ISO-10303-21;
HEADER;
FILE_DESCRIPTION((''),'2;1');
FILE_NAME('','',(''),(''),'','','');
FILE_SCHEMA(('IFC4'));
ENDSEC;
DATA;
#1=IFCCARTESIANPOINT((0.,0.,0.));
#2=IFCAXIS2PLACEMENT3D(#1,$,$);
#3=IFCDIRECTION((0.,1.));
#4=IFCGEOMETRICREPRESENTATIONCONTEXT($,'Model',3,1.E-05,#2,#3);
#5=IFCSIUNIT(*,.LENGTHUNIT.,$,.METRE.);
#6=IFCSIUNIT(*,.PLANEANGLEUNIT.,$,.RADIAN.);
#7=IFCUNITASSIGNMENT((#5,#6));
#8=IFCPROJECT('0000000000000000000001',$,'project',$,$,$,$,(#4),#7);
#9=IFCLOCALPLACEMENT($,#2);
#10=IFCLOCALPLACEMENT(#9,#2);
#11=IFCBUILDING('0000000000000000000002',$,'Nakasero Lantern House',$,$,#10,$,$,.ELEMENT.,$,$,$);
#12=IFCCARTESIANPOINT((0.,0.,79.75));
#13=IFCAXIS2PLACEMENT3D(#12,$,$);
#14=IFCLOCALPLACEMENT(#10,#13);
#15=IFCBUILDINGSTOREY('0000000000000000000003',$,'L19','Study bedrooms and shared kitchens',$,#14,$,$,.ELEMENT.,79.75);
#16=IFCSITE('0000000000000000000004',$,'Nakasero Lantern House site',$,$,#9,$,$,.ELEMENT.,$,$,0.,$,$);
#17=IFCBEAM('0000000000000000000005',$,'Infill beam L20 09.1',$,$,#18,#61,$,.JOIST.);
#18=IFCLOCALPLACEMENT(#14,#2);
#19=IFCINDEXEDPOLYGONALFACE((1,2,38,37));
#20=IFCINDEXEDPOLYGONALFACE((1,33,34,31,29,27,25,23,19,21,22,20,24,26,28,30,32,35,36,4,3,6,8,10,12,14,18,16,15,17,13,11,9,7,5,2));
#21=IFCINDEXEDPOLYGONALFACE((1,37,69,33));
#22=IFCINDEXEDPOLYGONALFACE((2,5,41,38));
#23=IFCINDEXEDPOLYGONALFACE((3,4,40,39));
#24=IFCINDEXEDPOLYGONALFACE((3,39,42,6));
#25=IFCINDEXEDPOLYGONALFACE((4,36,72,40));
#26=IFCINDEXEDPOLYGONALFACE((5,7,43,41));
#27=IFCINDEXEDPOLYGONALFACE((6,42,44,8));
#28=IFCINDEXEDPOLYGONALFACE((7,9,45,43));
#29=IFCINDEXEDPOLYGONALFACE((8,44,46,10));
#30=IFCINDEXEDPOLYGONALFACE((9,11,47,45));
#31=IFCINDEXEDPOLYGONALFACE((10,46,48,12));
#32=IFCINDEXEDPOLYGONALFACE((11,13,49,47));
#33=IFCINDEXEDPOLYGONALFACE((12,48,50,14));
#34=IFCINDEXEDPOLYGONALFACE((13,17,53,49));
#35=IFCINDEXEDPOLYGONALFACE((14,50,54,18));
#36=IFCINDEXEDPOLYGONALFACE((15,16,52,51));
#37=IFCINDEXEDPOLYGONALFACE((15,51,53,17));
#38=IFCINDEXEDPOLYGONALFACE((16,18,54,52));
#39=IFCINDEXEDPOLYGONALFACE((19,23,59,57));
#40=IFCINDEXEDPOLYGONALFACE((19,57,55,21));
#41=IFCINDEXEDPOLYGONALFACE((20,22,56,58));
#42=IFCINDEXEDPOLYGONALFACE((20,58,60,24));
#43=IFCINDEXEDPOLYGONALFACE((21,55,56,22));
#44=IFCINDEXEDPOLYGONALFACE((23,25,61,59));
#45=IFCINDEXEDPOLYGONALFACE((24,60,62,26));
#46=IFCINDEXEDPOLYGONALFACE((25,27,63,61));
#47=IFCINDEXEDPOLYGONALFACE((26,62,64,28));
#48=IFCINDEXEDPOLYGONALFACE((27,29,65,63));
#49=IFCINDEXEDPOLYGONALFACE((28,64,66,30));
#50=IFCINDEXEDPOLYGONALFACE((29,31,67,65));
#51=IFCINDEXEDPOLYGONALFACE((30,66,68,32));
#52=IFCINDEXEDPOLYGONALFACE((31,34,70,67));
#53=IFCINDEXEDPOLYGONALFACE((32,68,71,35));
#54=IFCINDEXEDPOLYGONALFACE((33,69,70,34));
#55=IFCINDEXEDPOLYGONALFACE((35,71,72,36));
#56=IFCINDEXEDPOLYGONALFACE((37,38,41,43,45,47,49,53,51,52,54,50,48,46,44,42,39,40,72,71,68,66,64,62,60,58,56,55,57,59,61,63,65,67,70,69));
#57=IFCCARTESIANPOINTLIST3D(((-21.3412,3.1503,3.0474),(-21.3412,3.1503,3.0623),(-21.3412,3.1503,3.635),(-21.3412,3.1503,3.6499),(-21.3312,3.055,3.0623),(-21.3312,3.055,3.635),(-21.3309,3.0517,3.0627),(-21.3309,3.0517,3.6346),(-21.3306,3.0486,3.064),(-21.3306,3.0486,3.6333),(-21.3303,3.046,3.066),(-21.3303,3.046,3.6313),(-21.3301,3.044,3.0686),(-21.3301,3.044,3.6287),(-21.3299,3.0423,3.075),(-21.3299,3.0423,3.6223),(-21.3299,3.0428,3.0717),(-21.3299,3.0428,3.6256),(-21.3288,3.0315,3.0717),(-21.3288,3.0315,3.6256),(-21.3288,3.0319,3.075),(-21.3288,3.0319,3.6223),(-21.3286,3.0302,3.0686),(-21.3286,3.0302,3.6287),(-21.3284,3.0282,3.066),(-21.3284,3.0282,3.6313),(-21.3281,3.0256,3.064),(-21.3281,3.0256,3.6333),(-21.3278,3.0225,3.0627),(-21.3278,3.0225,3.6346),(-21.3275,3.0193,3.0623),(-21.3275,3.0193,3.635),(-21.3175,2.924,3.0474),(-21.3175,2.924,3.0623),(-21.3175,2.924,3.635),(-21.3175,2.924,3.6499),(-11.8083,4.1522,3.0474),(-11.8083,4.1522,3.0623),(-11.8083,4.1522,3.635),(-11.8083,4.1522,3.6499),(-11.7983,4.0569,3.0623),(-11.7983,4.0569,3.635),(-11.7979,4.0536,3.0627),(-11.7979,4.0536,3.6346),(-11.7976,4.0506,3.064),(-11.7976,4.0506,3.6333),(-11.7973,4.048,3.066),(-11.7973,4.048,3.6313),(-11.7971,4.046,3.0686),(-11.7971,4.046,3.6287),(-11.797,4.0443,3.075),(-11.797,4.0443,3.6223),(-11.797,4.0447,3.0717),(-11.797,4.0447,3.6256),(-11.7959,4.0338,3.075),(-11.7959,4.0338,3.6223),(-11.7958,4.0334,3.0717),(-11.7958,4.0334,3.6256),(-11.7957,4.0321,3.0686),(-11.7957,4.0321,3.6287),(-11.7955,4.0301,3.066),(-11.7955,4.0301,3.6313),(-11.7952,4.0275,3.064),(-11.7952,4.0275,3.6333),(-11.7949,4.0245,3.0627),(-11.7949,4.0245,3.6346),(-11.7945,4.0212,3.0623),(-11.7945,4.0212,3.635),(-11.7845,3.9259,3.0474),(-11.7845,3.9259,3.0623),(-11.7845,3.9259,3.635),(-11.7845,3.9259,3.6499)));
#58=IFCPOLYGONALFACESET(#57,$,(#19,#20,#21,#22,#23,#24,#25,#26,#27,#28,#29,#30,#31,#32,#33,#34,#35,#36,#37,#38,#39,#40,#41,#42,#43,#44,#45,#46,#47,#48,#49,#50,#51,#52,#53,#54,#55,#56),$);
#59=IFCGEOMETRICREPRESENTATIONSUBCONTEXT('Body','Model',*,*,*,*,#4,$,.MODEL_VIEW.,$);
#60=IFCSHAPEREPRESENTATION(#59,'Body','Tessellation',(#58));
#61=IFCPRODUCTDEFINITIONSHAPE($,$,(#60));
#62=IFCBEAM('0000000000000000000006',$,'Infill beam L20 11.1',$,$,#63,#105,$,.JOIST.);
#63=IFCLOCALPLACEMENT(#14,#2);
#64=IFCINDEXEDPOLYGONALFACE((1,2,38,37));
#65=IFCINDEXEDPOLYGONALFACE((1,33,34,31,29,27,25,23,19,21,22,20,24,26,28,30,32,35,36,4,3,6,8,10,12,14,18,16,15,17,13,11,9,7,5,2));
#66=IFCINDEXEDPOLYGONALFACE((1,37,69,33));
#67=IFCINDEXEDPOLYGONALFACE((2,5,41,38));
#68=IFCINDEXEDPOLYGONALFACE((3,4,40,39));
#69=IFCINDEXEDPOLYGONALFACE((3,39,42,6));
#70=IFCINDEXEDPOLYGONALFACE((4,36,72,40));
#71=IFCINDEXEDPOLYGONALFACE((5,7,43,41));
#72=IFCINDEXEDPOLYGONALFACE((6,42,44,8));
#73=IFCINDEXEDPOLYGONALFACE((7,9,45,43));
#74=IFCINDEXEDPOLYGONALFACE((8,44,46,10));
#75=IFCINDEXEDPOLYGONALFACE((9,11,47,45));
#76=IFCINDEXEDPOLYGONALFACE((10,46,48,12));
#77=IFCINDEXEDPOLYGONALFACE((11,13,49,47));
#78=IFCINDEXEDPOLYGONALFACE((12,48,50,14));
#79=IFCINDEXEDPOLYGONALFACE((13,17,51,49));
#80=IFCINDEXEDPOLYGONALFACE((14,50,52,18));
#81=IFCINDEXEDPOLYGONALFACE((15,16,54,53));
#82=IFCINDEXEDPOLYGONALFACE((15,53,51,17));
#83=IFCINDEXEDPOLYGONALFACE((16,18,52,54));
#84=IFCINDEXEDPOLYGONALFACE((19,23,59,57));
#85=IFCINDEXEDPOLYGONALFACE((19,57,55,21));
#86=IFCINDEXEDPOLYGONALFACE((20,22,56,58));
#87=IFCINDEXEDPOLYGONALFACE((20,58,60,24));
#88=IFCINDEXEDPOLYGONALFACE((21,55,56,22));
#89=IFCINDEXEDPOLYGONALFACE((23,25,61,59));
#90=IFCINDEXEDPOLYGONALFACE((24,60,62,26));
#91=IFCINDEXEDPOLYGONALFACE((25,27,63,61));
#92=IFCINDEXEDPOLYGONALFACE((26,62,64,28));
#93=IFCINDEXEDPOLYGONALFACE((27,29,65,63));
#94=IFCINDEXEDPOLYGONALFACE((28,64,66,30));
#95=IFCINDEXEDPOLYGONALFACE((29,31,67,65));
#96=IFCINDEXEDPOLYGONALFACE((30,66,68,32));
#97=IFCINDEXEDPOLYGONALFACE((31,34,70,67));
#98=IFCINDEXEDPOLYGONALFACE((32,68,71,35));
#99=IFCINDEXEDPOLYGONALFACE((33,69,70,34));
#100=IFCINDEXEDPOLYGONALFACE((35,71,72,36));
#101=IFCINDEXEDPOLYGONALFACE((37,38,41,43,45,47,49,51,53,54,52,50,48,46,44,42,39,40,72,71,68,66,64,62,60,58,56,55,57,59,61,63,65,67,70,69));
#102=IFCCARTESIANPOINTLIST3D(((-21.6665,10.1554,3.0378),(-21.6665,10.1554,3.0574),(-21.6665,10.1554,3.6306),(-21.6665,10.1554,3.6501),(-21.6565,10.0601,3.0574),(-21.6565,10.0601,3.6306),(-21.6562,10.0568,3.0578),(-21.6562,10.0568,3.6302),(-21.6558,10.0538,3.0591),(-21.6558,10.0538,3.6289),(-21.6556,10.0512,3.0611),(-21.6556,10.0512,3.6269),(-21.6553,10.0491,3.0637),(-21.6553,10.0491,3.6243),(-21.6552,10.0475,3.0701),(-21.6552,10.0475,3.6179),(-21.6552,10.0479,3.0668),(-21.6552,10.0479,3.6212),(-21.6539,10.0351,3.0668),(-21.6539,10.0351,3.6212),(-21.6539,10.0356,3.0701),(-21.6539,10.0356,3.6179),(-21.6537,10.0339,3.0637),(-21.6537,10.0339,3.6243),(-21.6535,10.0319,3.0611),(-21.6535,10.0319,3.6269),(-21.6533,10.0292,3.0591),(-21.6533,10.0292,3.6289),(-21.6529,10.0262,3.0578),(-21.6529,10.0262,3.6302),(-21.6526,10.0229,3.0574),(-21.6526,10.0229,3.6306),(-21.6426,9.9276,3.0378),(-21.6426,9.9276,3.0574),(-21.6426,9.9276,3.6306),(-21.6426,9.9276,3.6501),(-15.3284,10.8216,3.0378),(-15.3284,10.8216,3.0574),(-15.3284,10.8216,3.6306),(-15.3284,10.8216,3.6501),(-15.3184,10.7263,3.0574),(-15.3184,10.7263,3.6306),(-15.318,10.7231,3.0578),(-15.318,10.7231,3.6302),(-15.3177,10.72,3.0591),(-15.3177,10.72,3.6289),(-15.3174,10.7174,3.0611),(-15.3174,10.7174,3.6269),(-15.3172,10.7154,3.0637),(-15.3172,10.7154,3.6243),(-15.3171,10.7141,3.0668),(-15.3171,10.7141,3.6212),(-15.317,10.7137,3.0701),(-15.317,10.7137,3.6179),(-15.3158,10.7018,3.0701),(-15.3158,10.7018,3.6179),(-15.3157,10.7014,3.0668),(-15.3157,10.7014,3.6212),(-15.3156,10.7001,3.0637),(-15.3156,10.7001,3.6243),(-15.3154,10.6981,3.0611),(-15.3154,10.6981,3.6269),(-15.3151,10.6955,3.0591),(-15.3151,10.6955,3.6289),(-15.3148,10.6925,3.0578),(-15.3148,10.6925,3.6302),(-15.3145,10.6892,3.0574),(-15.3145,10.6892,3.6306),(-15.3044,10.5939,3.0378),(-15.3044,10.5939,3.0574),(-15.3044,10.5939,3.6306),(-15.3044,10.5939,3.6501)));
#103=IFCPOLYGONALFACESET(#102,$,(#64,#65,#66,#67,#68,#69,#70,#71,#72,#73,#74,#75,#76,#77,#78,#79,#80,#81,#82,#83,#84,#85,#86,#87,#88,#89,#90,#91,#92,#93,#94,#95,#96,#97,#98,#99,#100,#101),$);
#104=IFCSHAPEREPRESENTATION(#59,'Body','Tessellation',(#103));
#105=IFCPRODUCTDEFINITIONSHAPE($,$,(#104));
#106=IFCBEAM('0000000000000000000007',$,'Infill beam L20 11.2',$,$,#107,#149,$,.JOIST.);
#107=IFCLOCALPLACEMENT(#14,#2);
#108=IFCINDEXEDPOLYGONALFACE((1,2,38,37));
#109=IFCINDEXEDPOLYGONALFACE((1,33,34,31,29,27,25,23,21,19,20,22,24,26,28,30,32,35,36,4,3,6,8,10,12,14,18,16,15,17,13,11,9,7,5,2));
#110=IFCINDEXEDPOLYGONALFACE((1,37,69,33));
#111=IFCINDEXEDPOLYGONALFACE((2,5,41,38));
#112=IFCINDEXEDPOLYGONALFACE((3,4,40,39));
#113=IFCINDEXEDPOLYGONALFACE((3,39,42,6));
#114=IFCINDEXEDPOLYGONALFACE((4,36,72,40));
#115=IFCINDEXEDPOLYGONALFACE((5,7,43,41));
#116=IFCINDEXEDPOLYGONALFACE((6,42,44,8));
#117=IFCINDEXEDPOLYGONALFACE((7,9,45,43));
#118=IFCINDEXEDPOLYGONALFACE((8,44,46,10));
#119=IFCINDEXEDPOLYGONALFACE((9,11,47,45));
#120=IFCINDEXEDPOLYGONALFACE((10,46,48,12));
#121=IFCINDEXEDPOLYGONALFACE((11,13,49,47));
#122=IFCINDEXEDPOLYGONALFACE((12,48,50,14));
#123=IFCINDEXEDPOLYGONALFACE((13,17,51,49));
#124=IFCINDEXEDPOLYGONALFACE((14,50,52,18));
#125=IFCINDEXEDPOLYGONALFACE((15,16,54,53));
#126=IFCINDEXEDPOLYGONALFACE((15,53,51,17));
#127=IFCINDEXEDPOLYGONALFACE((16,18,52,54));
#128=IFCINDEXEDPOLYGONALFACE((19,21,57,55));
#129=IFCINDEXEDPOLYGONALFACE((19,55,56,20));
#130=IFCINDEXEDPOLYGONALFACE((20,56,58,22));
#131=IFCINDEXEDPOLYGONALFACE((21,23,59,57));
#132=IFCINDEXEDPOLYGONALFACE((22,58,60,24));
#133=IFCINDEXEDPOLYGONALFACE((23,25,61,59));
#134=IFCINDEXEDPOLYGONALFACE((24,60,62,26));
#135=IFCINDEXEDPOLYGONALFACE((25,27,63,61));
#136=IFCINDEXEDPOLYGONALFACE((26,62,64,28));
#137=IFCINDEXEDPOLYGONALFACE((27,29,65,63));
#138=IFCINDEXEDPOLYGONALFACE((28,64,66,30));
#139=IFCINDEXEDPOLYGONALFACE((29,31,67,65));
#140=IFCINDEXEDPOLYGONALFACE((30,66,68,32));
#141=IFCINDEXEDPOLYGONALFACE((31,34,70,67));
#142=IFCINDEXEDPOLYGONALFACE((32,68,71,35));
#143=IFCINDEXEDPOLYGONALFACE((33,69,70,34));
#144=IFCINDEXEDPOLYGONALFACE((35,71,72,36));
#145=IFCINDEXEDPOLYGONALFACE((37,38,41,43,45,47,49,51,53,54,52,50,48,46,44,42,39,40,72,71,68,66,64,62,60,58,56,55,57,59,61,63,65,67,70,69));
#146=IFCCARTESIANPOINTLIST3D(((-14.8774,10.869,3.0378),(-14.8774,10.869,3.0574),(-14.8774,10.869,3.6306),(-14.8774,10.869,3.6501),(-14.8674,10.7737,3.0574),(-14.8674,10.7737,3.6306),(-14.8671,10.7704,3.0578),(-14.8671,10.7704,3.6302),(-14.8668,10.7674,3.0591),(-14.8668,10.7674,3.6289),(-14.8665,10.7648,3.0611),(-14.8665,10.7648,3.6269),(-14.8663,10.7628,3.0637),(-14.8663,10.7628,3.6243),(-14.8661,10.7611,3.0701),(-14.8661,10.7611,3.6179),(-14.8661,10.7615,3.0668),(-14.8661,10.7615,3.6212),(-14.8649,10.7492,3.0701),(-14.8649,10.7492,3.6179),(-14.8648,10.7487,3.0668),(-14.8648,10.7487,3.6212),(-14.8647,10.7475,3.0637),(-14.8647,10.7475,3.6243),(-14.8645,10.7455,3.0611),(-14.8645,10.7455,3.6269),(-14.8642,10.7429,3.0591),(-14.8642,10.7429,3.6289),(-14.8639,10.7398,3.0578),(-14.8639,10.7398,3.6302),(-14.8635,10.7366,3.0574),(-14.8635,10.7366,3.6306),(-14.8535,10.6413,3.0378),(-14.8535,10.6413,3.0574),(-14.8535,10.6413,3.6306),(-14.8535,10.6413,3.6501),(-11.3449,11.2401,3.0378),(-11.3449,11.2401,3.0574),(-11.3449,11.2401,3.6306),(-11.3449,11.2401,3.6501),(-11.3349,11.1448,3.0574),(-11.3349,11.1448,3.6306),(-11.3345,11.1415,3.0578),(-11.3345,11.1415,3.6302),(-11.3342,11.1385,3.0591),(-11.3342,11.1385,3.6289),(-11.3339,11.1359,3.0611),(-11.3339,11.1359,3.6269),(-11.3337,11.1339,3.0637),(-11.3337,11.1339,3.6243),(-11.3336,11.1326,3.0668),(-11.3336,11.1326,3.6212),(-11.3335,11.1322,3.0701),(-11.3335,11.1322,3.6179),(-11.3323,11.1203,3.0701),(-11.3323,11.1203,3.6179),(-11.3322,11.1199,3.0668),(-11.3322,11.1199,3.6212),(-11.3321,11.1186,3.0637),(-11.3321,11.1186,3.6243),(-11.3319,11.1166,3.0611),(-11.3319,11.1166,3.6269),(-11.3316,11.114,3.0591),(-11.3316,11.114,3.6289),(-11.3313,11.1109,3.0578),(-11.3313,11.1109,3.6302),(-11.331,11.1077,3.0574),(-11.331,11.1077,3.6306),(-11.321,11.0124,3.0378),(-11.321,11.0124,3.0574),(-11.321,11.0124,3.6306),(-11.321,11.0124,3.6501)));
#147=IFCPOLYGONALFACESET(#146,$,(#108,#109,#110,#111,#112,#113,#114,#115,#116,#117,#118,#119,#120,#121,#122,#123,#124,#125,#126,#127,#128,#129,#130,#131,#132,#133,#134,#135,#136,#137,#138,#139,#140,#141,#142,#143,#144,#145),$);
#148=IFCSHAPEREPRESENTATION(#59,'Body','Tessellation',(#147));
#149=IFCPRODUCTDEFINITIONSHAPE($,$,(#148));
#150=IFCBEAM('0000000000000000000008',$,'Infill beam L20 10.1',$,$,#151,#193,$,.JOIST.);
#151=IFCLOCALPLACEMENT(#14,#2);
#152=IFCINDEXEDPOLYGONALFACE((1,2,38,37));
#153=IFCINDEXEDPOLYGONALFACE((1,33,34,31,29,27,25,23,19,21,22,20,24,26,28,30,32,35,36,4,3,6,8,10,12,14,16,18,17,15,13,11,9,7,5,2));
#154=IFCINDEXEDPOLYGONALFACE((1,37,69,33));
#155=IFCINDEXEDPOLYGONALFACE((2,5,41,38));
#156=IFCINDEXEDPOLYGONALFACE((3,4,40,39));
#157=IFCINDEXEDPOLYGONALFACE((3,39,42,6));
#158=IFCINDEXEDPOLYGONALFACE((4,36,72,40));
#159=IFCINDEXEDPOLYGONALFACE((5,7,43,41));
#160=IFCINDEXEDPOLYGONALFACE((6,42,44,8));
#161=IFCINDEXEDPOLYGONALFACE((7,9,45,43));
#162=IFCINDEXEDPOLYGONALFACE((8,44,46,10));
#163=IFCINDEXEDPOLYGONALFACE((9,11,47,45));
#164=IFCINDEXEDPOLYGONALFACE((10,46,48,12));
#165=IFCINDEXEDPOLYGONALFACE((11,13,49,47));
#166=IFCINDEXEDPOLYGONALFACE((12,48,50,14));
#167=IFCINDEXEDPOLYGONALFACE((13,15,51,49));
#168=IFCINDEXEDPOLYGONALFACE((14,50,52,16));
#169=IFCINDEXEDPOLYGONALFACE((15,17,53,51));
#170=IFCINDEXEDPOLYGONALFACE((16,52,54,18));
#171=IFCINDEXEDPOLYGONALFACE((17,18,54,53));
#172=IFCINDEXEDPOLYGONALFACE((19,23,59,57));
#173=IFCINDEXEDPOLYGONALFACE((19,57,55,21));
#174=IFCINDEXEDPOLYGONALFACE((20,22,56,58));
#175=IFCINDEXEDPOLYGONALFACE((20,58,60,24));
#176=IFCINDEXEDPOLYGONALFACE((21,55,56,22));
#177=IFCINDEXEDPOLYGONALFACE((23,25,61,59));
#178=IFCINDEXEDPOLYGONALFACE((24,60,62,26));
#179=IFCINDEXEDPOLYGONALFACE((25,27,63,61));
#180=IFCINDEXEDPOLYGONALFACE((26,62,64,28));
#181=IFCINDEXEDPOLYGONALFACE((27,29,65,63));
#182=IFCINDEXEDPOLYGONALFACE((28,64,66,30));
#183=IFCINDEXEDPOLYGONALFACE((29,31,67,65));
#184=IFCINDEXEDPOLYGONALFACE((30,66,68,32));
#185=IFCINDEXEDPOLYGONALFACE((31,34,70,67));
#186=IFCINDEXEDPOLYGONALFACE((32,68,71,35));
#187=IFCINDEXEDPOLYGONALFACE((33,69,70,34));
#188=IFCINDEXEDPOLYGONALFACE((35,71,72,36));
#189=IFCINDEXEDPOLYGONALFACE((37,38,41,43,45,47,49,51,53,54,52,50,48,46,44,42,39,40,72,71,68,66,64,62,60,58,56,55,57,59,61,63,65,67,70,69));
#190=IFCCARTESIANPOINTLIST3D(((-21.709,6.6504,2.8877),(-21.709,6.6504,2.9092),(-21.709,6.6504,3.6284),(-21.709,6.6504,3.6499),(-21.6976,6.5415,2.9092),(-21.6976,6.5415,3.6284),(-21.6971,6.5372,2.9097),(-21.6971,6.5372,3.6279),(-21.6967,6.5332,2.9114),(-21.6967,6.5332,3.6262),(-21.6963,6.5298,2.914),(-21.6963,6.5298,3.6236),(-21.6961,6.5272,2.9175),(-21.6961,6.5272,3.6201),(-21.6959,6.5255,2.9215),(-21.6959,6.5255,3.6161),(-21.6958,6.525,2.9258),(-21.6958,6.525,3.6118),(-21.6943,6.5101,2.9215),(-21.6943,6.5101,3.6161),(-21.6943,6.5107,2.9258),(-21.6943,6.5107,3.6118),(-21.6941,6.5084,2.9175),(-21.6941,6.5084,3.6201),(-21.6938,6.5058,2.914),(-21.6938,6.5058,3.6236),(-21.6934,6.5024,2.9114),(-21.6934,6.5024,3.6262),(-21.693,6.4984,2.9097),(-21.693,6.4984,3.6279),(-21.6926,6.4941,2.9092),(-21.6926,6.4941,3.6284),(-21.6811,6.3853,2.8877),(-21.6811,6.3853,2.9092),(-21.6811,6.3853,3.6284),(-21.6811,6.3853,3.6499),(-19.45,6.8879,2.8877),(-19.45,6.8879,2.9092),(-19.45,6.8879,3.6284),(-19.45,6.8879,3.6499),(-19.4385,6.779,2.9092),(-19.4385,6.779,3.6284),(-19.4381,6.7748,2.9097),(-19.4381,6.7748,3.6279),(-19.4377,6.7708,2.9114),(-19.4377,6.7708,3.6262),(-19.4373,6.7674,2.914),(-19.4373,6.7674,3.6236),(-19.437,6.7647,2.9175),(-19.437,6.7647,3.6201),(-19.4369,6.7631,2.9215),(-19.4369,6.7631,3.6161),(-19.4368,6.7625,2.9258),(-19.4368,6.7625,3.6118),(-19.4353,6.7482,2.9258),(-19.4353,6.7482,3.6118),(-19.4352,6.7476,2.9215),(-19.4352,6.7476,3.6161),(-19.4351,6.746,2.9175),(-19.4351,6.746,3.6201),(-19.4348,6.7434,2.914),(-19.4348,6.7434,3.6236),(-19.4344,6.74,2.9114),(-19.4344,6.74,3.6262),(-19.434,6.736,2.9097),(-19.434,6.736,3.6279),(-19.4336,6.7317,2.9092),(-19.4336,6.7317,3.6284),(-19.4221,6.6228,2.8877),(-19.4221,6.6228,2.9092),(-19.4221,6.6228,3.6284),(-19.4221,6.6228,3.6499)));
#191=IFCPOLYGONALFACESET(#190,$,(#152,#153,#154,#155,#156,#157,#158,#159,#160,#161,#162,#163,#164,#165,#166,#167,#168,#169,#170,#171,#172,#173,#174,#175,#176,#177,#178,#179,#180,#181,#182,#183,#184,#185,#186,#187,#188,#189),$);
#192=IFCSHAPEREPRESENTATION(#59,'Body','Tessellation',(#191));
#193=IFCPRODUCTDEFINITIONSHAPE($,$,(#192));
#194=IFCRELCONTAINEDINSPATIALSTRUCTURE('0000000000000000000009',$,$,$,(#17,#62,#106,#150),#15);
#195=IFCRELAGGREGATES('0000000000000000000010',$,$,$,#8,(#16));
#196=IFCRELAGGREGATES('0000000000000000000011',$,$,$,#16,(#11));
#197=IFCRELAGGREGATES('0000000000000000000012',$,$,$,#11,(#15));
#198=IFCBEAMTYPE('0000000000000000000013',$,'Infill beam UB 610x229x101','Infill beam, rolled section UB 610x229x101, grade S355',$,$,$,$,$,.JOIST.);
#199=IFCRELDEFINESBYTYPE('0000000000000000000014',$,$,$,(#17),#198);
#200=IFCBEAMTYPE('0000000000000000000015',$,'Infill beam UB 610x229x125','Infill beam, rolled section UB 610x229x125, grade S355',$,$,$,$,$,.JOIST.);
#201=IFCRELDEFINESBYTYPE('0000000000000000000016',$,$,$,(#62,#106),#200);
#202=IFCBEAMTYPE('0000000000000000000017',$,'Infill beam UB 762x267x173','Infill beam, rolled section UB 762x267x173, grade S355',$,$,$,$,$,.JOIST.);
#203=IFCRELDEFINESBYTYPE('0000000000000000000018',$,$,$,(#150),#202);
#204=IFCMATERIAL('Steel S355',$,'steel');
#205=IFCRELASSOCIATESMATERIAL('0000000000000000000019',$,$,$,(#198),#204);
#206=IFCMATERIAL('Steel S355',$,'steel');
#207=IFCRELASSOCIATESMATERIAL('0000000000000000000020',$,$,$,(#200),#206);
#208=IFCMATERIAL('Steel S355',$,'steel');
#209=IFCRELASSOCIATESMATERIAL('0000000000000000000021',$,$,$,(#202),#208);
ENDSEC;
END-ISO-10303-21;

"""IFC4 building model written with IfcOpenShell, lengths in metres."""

from ifc_helpers import new_model, si_unit, direction, frame, origin, origin_2d, place, context, subcontext, project, spatial, i_section, extrude, material, material_profile, profile_set, type_object, element, save


model = new_model("IFC4")

# Units and contexts
model_context = context("Model", 3, precision=1e-05, world=origin(), true_north=direction((0.0, 1.0)))
body_context = subcontext(model_context, "Body", "Model", "MODEL_VIEW")
ifc_project = project(units=[si_unit("LENGTHUNIT", "METRE"), si_unit("PLANEANGLEUNIT", "RADIAN")], contexts=[model_context])

# Site, building, storey
site_placement = place(None, origin())
site = spatial("IfcSite", under=ifc_project, at=site_placement, Name="Nakasero Lantern House site", CompositionType="ELEMENT", RefElevation=0.0)
building_placement = place(site_placement, origin())
building = spatial("IfcBuilding", under=site, at=building_placement, Name="Nakasero Lantern House", CompositionType="ELEMENT")
storey_placement = place(building_placement, frame((0.0, 0.0, 79.75)))
storey = spatial("IfcBuildingStorey", under=building, at=storey_placement, Name="L19", Description="Study bedrooms and shared kitchens", CompositionType="ELEMENT", Elevation=79.75)

# Beams
ifc_material_1 = material(Name="Steel S355", Category="steel")
ifc_material_profile_1 = material_profile(ifc_material_1, i_section(OverallWidth=0.2275, OverallDepth=0.6025, WebThickness=0.0105, FlangeThickness=0.0149, FilletRadius=0.0127, at=origin_2d()), Name="UB 610x229x101")
ifc_profile_set_1 = profile_set([ifc_material_profile_1], Name="Steel S355")
beam_type_1 = type_object("IfcBeamType", Name="Infill beam UB 610x229x101", Description="Infill beam, rolled section UB 610x229x101, grade S355", PredefinedType="JOIST", material=ifc_profile_set_1)
beam_1_placement = place(storey_placement, frame((-21.3293, 3.0371, 3.3486), z_axis=(0.994522, 0.104528, 0.0), x_axis=(-0.104528, 0.994522, 0.0)))
element("IfcBeam", 1, at=beam_1_placement, inside=storey, type_object=beam_type_1, Name="Infill beam L20 09.1", PredefinedType="JOIST", context=body_context, shape_type="SweptSolid", body=[
    extrude(i_section(OverallWidth=0.2275, OverallDepth=0.6025, WebThickness=0.0105, FlangeThickness=0.0149, FilletRadius=0.0127, at=origin_2d()), origin(), (0.0, 0.0, 1.0), 9.5854),
])
ifc_material_2 = material(Name="Steel S355", Category="steel")
ifc_material_profile_2 = material_profile(ifc_material_2, i_section(OverallWidth=0.229, OverallDepth=0.6123, WebThickness=0.012, FlangeThickness=0.0195, FilletRadius=0.0127, at=origin_2d()), Name="UB 610x229x125")
ifc_profile_set_2 = profile_set([ifc_material_profile_2], Name="Steel S355")
beam_type_2 = type_object("IfcBeamType", Name="Infill beam UB 610x229x125", Description="Infill beam, rolled section UB 610x229x125, grade S355", PredefinedType="JOIST", material=ifc_profile_set_2)
beam_2_placement = place(storey_placement, frame((-21.6545, 10.0415, 3.344), z_axis=(0.99452, 0.104543, 0.0), x_axis=(-0.104543, 0.99452, 0.0)))
element("IfcBeam", 2, at=beam_2_placement, inside=storey, type_object=beam_type_2, Name="Infill beam L20 11.1", PredefinedType="JOIST", context=body_context, shape_type="SweptSolid", body=[
    extrude(i_section(OverallWidth=0.229, OverallDepth=0.6123, WebThickness=0.012, FlangeThickness=0.0195, FilletRadius=0.0127, at=origin_2d()), origin(), (0.0, 0.0, 1.0), 6.373),
])
beam_3_placement = place(storey_placement, frame((-14.8655, 10.7551, 3.344), z_axis=(0.994527, 0.104477, 0.0), x_axis=(-0.104477, 0.994527, 0.0)))
element("IfcBeam", 3, at=beam_3_placement, inside=storey, type_object=beam_type_2, Name="Infill beam L20 11.2", PredefinedType="JOIST", context=body_context, shape_type="SweptSolid", body=[
    extrude(i_section(OverallWidth=0.229, OverallDepth=0.6123, WebThickness=0.012, FlangeThickness=0.0195, FilletRadius=0.0127, at=origin_2d()), origin(), (0.0, 0.0, 1.0), 3.552),
])
ifc_material_3 = material(Name="Steel S355", Category="steel")
ifc_material_profile_3 = material_profile(ifc_material_3, i_section(OverallWidth=0.2666, OverallDepth=0.7622, WebThickness=0.0144, FlangeThickness=0.0215, FilletRadius=0.0166, at=origin_2d()), Name="UB 762x267x173")
ifc_profile_set_3 = profile_set([ifc_material_profile_3], Name="Steel S355")
beam_type_3 = type_object("IfcBeamType", Name="Infill beam UB 762x267x173", Description="Infill beam, rolled section UB 762x267x173, grade S355", PredefinedType="JOIST", material=ifc_profile_set_3)
beam_4_placement = place(storey_placement, frame((-21.6951, 6.5178, 3.2688), z_axis=(0.994517, 0.104578, 0.0), x_axis=(-0.104578, 0.994517, 0.0)))
element("IfcBeam", 4, at=beam_4_placement, inside=storey, type_object=beam_type_3, Name="Infill beam L20 10.1", PredefinedType="JOIST", context=body_context, shape_type="SweptSolid", body=[
    extrude(i_section(OverallWidth=0.2666, OverallDepth=0.7622, WebThickness=0.0144, FlangeThickness=0.0215, FilletRadius=0.0166, at=origin_2d()), origin(), (0.0, 0.0, 1.0), 2.2715),
])

save(model, "model.ifc")
